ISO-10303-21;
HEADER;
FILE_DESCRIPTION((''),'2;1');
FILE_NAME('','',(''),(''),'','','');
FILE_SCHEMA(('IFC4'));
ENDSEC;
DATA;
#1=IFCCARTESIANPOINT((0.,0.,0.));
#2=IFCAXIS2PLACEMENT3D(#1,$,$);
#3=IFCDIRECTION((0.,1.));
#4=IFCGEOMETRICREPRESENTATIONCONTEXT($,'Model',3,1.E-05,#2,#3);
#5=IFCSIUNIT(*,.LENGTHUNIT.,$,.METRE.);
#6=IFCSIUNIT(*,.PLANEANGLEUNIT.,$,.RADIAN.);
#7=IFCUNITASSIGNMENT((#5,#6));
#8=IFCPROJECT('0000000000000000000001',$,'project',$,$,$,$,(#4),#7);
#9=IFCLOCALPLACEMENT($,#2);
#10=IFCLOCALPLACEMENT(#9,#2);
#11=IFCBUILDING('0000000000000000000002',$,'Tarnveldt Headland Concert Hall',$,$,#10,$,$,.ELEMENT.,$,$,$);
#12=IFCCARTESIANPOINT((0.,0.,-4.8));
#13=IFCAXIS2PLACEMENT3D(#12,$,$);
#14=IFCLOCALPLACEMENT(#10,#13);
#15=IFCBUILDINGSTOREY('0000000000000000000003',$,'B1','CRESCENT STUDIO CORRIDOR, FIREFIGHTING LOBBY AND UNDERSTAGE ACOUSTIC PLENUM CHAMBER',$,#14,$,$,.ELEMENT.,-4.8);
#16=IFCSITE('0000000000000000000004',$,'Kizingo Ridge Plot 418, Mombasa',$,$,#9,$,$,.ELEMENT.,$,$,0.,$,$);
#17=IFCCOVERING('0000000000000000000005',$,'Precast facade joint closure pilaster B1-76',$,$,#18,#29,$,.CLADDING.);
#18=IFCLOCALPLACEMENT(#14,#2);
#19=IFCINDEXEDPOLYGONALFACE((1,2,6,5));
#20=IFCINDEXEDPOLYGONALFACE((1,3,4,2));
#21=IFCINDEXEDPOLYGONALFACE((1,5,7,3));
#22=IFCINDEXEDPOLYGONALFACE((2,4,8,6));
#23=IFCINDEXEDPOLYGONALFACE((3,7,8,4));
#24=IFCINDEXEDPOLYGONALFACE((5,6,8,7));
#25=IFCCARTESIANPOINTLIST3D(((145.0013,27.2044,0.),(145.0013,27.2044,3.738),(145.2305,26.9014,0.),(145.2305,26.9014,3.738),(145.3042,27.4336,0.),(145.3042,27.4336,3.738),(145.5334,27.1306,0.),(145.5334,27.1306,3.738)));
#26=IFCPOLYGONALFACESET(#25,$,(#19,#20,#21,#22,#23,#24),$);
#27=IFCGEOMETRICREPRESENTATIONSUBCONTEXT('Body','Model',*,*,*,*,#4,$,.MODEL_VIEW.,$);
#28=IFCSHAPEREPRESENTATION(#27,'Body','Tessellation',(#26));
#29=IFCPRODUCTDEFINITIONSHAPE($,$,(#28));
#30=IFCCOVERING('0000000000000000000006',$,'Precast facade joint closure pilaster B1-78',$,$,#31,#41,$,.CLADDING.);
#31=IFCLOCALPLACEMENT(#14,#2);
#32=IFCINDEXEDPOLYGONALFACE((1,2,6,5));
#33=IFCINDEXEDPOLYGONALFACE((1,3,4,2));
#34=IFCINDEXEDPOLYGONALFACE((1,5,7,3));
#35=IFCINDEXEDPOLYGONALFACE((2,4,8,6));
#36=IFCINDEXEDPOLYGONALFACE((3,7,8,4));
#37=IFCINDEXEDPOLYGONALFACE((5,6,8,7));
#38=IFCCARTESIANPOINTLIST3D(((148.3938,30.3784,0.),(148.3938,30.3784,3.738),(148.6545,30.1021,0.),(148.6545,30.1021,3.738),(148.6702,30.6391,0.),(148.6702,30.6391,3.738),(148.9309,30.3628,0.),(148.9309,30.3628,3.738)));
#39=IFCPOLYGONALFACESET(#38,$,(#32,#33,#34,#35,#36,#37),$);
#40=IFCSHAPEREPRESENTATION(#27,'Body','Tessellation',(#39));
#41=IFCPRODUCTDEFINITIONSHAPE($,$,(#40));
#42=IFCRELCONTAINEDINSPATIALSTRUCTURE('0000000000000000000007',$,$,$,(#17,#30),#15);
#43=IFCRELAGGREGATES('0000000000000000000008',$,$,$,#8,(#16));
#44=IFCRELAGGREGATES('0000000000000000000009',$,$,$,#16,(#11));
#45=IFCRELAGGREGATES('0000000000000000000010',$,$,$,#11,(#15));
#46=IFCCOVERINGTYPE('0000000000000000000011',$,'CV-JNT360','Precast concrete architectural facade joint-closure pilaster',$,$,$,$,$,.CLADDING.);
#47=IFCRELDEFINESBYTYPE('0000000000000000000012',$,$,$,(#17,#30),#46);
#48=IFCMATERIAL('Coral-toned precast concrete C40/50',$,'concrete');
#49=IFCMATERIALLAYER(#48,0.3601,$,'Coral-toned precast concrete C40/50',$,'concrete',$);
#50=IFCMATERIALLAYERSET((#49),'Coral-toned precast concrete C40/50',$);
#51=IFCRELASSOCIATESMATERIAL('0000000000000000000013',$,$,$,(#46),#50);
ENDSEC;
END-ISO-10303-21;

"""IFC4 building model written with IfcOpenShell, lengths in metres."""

from ifc_helpers import new_model, si_unit, direction, frame, origin, origin_2d, place, context, subcontext, project, spatial, rectangle, extrude, material, layer, layer_set, type_object, element, save


model = new_model("IFC4")

# Units and contexts
model_context = context("Model", 3, precision=1e-05, world=origin(), true_north=direction((0.0, 1.0)))
body_context = subcontext(model_context, "Body", "Model", "MODEL_VIEW")
ifc_project = project(units=[si_unit("LENGTHUNIT", "METRE"), si_unit("PLANEANGLEUNIT", "RADIAN")], contexts=[model_context])

# Site, building, storey
site_placement = place(None, origin())
site = spatial("IfcSite", under=ifc_project, at=site_placement, Name="Kizingo Ridge Plot 418, Mombasa", CompositionType="ELEMENT", RefElevation=0.0)
building_placement = place(site_placement, origin())
building = spatial("IfcBuilding", under=site, at=building_placement, Name="Tarnveldt Headland Concert Hall", CompositionType="ELEMENT")
storey_placement = place(building_placement, frame((0.0, 0.0, -4.8)))
storey = spatial("IfcBuildingStorey", under=building, at=storey_placement, Name="B1", Description="CRESCENT STUDIO CORRIDOR, FIREFIGHTING LOBBY AND UNDERSTAGE ACOUSTIC PLENUM CHAMBER", CompositionType="ELEMENT", Elevation=-4.8)

# Shared definitions
ifc_material_1 = material(Name="Coral-toned precast concrete C40/50", Category="concrete")

# Coverings
ifc_layer_1 = layer(ifc_material_1, 0.3601, Name="Coral-toned precast concrete C40/50", Category="concrete")
ifc_layer_set_1 = layer_set([ifc_layer_1], Name="Coral-toned precast concrete C40/50")
covering_type = type_object("IfcCoveringType", Name="CV-JNT360", Description="Precast concrete architectural facade joint-closure pilaster", PredefinedType="CLADDING", material=ifc_layer_set_1)
for number, where, z_axis, x_axis, name in (
    (1, (145.2673, 27.1675, 0.0), (0.0, 0.0, 1.0), (0.797479, 0.603347, 0.0), "Precast facade joint closure pilaster B1-76"),
    (2, (148.6624, 30.3706, 0.0), (0.0, 0.0, 1.0), (0.727414, 0.686199, 0.0), "Precast facade joint closure pilaster B1-78"),
):
    element("IfcCovering", number, at=place(storey_placement, frame(where, z_axis=z_axis, x_axis=x_axis)), inside=storey, type_object=covering_type, Name=name, PredefinedType="CLADDING", context=body_context, shape_type="SweptSolid", body=[
        extrude(rectangle(XDim=0.3799, YDim=0.3799, at=origin_2d()), origin(), (0.0, 0.0, 1.0), 3.738),
    ])

save(model, "model.ifc")
